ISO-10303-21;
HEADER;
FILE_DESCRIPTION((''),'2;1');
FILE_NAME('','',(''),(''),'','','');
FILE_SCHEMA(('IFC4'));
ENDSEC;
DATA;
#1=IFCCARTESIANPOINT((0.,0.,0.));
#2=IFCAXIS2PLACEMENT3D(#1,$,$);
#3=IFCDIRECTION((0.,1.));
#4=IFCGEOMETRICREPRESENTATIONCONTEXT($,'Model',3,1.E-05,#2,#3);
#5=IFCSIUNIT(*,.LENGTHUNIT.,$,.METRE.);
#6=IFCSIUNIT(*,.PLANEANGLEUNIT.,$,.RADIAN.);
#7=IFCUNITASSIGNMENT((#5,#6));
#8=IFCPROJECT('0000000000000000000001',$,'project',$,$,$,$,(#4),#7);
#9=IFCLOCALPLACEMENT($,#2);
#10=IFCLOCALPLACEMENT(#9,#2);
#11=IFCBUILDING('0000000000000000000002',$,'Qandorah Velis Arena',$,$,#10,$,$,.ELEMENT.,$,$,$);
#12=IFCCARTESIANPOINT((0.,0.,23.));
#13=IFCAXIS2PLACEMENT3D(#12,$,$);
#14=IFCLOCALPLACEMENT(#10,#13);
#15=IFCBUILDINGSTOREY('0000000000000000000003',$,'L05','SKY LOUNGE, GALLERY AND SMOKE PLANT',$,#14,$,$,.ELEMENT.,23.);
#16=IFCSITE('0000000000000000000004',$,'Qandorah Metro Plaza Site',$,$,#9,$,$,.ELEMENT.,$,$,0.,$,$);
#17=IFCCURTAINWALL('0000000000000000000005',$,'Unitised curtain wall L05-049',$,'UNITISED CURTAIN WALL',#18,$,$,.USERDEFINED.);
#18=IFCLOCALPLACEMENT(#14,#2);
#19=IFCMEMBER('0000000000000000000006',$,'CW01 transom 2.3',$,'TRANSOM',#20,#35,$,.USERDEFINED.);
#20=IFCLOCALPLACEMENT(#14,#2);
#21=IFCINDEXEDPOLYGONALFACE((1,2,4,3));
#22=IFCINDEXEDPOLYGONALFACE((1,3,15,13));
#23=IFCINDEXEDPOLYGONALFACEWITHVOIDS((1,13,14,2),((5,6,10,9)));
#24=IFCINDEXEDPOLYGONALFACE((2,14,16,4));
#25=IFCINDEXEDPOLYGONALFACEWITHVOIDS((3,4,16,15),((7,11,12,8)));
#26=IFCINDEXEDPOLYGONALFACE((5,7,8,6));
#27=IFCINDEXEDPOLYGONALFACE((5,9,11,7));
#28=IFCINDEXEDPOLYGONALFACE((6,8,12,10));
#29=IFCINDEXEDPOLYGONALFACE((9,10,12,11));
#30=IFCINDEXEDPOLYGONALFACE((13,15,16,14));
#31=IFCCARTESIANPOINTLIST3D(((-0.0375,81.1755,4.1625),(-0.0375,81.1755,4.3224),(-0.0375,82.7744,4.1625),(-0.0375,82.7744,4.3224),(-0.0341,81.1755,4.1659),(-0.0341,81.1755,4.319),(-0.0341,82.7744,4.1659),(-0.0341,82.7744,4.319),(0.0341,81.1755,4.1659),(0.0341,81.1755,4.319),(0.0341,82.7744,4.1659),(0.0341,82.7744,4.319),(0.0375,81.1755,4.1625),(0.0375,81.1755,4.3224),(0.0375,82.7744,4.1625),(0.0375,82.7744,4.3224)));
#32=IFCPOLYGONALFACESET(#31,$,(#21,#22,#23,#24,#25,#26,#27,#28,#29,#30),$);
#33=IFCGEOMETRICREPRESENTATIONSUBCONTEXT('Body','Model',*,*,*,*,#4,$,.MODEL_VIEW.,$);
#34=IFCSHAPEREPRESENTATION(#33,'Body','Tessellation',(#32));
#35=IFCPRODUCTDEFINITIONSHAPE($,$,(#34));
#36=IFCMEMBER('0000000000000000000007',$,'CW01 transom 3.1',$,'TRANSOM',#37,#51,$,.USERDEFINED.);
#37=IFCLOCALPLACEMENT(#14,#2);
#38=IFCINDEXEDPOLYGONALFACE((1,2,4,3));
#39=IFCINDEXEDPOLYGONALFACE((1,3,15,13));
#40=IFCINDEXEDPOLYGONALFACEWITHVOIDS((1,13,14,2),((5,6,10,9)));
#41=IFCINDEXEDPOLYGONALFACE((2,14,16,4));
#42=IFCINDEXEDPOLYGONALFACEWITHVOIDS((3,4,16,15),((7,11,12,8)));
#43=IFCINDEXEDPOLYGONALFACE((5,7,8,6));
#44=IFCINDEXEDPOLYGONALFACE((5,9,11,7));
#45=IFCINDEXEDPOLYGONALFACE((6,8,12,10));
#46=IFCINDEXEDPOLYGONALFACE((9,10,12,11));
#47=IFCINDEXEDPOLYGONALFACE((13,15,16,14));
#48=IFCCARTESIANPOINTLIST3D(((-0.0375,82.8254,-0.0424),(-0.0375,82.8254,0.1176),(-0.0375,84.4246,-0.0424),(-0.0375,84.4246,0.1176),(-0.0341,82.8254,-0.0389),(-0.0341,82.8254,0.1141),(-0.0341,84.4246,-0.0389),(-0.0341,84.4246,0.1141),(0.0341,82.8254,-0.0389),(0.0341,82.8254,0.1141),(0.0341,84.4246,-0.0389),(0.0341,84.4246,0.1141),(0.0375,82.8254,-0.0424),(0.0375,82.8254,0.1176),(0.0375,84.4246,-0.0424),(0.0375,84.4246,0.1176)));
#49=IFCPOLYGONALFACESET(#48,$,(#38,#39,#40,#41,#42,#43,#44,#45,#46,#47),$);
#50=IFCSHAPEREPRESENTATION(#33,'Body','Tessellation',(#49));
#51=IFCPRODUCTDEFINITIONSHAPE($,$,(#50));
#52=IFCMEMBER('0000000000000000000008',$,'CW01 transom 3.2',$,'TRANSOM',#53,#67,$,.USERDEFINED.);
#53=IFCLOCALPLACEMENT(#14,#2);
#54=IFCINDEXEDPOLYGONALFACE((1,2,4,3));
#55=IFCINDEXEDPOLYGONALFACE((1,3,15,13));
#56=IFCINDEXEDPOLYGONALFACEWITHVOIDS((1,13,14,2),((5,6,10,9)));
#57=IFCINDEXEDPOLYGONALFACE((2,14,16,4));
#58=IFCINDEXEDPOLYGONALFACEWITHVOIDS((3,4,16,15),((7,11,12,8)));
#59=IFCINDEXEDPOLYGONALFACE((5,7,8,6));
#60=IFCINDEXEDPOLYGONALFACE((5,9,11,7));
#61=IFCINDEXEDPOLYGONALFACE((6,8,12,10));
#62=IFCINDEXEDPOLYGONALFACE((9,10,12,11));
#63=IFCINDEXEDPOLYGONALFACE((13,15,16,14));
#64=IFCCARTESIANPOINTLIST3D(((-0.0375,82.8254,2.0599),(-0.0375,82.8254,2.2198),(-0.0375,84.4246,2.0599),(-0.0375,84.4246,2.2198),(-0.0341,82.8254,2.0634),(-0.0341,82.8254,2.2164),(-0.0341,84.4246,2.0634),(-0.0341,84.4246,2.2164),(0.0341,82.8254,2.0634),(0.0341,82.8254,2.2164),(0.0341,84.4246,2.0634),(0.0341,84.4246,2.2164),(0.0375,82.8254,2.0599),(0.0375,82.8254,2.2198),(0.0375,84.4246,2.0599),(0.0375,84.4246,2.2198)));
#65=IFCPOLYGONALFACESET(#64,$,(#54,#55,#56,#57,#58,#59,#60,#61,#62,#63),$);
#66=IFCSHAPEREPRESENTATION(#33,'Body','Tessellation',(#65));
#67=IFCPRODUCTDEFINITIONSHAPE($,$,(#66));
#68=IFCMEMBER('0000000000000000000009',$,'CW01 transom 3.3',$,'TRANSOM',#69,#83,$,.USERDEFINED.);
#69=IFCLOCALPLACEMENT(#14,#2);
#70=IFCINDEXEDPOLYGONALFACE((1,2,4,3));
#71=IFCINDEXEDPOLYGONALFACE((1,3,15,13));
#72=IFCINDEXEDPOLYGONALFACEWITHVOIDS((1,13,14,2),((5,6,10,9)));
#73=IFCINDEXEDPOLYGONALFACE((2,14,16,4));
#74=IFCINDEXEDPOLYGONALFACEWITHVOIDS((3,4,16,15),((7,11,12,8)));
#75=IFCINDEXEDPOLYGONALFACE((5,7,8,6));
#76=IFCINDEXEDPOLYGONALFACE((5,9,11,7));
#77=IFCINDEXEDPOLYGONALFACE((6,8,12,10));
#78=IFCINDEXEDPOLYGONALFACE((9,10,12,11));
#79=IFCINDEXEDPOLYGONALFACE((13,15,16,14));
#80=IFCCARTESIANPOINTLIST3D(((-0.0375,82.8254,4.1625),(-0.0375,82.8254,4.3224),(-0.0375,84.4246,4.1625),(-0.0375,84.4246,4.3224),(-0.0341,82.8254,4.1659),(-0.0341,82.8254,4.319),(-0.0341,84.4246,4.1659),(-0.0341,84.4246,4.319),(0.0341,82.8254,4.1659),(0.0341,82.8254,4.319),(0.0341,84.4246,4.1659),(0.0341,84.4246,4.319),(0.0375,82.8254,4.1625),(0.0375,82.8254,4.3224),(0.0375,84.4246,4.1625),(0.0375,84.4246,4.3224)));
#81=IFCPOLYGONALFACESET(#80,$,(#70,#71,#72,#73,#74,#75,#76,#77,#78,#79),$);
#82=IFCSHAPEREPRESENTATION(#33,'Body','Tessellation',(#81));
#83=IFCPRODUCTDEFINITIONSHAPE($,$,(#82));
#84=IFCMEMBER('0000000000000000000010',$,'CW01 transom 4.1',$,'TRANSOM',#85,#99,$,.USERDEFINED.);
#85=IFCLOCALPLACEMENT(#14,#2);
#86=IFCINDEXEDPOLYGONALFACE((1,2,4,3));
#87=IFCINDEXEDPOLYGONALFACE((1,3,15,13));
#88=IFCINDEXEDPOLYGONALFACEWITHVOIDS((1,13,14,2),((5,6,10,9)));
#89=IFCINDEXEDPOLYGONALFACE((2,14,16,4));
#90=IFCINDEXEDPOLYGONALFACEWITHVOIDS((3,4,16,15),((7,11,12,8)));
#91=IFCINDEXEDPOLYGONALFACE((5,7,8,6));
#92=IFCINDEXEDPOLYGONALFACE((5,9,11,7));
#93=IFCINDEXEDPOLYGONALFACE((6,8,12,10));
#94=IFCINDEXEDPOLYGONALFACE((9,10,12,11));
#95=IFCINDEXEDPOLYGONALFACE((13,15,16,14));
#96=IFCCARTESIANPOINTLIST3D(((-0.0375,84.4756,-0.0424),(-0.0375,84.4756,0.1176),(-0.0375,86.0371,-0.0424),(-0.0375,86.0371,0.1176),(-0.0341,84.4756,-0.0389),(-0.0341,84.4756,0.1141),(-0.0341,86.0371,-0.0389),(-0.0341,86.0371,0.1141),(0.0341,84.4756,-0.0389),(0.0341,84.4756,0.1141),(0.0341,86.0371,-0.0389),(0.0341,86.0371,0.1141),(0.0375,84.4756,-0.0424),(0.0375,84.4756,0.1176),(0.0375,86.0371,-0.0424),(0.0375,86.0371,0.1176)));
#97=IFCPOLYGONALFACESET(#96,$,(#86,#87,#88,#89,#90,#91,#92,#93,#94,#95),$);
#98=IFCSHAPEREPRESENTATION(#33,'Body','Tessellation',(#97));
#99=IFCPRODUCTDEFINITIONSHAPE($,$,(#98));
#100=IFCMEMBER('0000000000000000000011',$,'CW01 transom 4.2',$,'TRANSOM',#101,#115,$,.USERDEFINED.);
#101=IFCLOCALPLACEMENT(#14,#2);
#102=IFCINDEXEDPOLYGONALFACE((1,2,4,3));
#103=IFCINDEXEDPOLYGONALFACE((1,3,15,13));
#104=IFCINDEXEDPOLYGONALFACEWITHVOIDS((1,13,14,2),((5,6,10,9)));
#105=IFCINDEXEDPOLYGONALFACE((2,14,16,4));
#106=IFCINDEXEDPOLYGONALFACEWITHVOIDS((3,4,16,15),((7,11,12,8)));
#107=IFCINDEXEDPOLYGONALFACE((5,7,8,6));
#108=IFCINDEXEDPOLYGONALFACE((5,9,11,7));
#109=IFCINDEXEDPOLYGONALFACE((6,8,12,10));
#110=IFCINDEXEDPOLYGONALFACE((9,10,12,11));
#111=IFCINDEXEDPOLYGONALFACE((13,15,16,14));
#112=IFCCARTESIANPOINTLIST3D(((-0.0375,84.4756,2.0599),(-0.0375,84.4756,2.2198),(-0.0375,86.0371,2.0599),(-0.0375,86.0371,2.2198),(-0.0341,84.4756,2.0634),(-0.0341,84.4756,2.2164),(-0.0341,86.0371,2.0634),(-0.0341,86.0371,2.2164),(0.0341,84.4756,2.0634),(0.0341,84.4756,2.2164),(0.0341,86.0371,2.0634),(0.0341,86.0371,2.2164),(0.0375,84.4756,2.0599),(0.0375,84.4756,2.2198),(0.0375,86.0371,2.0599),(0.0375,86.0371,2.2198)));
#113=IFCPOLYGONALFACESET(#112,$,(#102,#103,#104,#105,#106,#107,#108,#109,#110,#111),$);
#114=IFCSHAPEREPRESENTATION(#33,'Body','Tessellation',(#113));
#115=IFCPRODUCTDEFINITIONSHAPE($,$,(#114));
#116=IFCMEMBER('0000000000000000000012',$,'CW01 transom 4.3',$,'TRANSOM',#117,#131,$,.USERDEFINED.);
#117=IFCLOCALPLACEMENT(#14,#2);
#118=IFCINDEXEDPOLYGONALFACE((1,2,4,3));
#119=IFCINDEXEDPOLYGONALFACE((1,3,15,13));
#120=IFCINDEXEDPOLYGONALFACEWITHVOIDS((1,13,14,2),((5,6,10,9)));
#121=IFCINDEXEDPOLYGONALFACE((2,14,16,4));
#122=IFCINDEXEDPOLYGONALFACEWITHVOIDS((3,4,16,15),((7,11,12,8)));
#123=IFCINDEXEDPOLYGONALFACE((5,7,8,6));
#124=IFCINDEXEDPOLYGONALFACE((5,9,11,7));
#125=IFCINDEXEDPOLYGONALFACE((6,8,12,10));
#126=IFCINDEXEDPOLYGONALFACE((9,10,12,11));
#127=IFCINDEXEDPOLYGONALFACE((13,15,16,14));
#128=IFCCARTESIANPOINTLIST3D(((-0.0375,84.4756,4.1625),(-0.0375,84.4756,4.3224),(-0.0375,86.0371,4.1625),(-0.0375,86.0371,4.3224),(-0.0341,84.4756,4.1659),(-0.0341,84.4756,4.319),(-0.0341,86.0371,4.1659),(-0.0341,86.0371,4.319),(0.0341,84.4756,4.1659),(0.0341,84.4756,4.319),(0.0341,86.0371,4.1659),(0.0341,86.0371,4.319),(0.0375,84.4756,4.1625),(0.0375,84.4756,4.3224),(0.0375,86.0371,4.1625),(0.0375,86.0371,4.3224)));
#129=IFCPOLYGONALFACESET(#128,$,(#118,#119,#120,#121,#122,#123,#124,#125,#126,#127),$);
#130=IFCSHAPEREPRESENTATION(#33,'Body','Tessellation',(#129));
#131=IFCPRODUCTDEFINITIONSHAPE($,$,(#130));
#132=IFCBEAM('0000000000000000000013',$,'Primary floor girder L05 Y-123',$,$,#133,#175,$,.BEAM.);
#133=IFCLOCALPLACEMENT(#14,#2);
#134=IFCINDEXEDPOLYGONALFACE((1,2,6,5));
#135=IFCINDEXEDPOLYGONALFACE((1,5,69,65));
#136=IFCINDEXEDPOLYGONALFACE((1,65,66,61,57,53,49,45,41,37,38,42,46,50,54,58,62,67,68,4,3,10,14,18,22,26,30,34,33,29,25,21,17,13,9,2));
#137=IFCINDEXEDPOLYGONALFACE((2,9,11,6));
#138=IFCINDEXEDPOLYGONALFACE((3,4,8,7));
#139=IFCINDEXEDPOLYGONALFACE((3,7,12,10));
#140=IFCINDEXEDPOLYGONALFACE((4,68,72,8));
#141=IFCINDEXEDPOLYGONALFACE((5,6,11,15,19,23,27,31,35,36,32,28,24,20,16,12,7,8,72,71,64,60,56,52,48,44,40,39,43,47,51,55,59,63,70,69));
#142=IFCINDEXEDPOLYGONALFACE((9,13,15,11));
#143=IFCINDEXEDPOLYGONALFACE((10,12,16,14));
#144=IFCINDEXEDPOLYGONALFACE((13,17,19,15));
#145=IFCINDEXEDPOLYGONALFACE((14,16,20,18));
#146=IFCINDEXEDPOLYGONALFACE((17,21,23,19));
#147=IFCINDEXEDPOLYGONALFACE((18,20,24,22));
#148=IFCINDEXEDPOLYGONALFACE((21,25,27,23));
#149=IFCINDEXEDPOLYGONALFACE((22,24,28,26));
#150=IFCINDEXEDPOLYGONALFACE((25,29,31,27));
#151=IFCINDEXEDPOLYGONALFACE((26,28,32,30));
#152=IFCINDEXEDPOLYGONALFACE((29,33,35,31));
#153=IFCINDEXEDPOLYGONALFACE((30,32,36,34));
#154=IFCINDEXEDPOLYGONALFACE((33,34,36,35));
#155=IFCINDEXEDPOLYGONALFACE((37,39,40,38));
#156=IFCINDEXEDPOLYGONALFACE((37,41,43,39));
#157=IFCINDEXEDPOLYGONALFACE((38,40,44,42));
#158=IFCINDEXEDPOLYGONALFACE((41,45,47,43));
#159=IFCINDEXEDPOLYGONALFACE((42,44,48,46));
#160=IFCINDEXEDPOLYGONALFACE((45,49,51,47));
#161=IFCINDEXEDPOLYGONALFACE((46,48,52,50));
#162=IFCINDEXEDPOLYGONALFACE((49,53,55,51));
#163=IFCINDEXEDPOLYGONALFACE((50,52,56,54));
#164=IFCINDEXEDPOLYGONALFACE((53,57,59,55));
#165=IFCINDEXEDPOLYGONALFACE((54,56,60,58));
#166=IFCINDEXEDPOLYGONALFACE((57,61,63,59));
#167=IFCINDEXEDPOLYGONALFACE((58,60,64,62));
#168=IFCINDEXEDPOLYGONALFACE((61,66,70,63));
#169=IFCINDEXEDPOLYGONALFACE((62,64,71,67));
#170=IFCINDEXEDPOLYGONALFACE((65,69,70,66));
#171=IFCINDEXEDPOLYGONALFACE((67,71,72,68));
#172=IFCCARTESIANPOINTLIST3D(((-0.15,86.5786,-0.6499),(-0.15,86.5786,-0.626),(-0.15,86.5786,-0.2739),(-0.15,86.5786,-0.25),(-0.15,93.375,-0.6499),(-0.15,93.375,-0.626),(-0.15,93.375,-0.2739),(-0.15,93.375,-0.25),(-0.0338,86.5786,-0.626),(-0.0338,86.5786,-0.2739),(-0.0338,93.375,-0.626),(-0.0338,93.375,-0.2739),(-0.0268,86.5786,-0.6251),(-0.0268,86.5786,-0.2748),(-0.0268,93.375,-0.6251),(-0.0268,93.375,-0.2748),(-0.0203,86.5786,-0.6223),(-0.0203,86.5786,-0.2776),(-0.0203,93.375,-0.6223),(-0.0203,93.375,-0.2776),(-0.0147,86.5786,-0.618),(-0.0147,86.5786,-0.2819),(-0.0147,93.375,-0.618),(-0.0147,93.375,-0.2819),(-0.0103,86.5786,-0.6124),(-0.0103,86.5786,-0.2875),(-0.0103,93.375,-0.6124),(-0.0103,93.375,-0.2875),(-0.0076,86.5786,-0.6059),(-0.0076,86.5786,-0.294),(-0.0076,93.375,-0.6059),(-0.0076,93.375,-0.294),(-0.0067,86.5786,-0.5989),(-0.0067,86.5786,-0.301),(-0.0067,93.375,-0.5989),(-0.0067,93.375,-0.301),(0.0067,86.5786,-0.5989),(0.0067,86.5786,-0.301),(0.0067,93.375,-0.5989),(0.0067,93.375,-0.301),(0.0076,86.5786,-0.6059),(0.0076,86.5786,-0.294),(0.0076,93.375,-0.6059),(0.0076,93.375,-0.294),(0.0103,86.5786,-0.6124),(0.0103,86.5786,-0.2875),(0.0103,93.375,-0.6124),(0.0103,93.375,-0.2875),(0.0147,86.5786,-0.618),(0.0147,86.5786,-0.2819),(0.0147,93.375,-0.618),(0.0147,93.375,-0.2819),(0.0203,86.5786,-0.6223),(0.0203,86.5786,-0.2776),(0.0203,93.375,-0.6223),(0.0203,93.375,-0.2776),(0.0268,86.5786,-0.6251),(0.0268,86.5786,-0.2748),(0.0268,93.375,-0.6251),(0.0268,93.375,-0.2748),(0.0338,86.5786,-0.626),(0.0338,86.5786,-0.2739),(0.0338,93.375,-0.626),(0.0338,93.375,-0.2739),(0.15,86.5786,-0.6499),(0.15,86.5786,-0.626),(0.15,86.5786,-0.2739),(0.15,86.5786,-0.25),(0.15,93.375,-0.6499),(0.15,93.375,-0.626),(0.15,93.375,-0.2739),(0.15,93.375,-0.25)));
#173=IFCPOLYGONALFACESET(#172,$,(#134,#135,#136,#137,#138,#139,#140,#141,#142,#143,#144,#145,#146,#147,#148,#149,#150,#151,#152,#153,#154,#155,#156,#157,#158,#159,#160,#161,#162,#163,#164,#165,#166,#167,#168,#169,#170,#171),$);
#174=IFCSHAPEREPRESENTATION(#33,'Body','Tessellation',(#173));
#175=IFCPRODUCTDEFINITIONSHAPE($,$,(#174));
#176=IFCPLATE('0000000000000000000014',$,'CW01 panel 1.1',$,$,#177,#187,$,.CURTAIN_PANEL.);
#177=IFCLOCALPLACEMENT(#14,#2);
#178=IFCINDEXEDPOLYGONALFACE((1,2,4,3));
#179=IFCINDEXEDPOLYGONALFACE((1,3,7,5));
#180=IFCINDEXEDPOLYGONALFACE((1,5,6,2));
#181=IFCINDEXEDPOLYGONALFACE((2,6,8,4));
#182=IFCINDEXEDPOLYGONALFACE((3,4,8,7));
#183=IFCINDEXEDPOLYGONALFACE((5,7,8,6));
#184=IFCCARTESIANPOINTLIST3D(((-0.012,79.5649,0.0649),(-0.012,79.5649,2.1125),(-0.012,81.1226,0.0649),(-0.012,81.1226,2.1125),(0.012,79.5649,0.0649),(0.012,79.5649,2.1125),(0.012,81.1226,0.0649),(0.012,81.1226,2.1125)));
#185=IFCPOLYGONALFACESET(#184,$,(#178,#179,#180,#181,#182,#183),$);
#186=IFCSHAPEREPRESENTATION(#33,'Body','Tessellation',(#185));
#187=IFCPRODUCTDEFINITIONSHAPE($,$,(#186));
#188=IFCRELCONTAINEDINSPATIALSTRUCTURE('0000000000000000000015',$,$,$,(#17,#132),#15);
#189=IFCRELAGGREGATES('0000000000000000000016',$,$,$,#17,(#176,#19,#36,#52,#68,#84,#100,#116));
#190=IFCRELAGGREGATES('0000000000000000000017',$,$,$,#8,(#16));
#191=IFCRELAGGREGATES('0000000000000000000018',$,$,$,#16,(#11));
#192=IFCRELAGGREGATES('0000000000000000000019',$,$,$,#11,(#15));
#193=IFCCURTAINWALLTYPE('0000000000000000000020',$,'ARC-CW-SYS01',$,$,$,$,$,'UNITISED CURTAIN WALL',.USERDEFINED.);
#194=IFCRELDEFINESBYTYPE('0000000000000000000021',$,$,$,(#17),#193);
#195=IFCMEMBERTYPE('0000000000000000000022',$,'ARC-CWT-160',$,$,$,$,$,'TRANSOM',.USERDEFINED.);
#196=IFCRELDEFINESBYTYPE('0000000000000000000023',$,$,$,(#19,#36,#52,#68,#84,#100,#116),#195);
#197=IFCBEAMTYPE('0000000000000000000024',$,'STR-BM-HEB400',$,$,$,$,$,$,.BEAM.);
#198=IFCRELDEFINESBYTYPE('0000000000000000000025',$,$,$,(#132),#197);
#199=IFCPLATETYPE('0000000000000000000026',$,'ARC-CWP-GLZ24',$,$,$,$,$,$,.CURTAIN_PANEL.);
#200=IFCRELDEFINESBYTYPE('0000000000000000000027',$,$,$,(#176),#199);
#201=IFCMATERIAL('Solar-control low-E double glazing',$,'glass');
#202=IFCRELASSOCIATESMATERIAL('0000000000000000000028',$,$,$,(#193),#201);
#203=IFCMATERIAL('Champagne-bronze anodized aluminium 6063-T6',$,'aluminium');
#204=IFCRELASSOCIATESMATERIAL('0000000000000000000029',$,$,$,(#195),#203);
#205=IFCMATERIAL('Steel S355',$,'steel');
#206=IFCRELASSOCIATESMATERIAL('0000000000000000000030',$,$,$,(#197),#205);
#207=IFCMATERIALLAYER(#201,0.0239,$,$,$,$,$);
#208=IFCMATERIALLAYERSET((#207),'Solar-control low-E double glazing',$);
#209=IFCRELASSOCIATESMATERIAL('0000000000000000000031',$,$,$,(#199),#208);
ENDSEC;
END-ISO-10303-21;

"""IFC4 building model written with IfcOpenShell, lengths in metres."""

from ifc_helpers import new_model, si_unit, direction, frame, origin, origin_2d, place, context, subcontext, project, spatial, rectangle, hollow_rectangle, i_section, extrude, material, layer, layer_set, material_profile, profile_set, type_object, element, aggregate, save


model = new_model("IFC4")

# Units and contexts
model_context = context("Model", 3, precision=1e-05, world=origin(), true_north=direction((0.0, 1.0)))
body_context = subcontext(model_context, "Body", "Model", "MODEL_VIEW")
ifc_project = project(units=[si_unit("LENGTHUNIT", "METRE"), si_unit("PLANEANGLEUNIT", "RADIAN")], contexts=[model_context])

# Site, building, storey
site_placement = place(None, origin())
site = spatial("IfcSite", under=ifc_project, at=site_placement, Name="Qandorah Metro Plaza Site", CompositionType="ELEMENT", RefElevation=0.0)
building_placement = place(site_placement, origin())
building = spatial("IfcBuilding", under=site, at=building_placement, Name="Qandorah Velis Arena", CompositionType="ELEMENT")
storey_placement = place(building_placement, frame((0.0, 0.0, 23.0)))
storey = spatial("IfcBuildingStorey", under=building, at=storey_placement, Name="L05", Description="SKY LOUNGE, GALLERY AND SMOKE PLANT", CompositionType="ELEMENT", Elevation=23.0)

# Shared definitions
ifc_material_1 = material(Name="Solar-control low-E double glazing", Category="glass")
ifc_material_2 = material(Name="Champagne-bronze anodized aluminium 6063-T6", Category="aluminium")

# Curtain wall
curtain_wall_type_1 = type_object("IfcCurtainWallType", Name="ARC-CW-SYS01", ElementType="UNITISED CURTAIN WALL", PredefinedType="USERDEFINED", material=ifc_material_1)
curtain_wall_1_placement = place(storey_placement, origin())
curtain_wall_1 = element("IfcCurtainWall", 1, at=curtain_wall_1_placement, inside=storey, type_object=curtain_wall_type_1, Name="Unitised curtain wall L05-049", ObjectType="UNITISED CURTAIN WALL", PredefinedType="USERDEFINED")

# Members
ifc_material_profile_1 = material_profile(ifc_material_2, hollow_rectangle(XDim=0.075, YDim=0.1599, WallThickness=0.0034, at=origin_2d()), Name="ALU TRANSOM 75x160")
ifc_profile_set_1 = profile_set([ifc_material_profile_1], Name="Champagne-bronze anodized aluminium 6063-T6")
member_type_1 = type_object("IfcMemberType", Name="ARC-CWT-160", ElementType="TRANSOM", PredefinedType="USERDEFINED", material=ifc_profile_set_1)
member_1_placement = place(storey_placement, frame((0.0, 81.1755, 4.2424), z_axis=(0.0, 1.0, 0.0), x_axis=(-1.0, 0.0, 0.0)))
member_1 = element("IfcMember", 2, at=member_1_placement, type_object=member_type_1, Name="CW01 transom 2.3", ObjectType="TRANSOM", PredefinedType="USERDEFINED", context=body_context, shape_type="SweptSolid", body=[
    extrude(hollow_rectangle(XDim=0.075, YDim=0.1599, WallThickness=0.0034, at=origin_2d()), origin(), (0.0, 0.0, 1.0), 1.5989),
])
member_2_placement = place(storey_placement, frame((0.0, 82.8254, 0.0376), z_axis=(0.0, 1.0, 0.0), x_axis=(-1.0, 0.0, 0.0)))
member_2 = element("IfcMember", 3, at=member_2_placement, type_object=member_type_1, Name="CW01 transom 3.1", ObjectType="TRANSOM", PredefinedType="USERDEFINED", context=body_context, shape_type="SweptSolid", body=[
    extrude(hollow_rectangle(XDim=0.075, YDim=0.1599, WallThickness=0.0034, at=origin_2d()), origin(), (0.0, 0.0, 1.0), 1.5991),
])
member_3_placement = place(storey_placement, frame((0.0, 82.8254, 2.1399), z_axis=(0.0, 1.0, 0.0), x_axis=(-1.0, 0.0, 0.0)))
member_3 = element("IfcMember", 4, at=member_3_placement, type_object=member_type_1, Name="CW01 transom 3.2", ObjectType="TRANSOM", PredefinedType="USERDEFINED", context=body_context, shape_type="SweptSolid", body=[
    extrude(hollow_rectangle(XDim=0.075, YDim=0.1599, WallThickness=0.0034, at=origin_2d()), origin(), (0.0, 0.0, 1.0), 1.5991),
])
member_4_placement = place(storey_placement, frame((0.0, 82.8254, 4.2424), z_axis=(0.0, 1.0, 0.0), x_axis=(-1.0, 0.0, 0.0)))
member_4 = element("IfcMember", 5, at=member_4_placement, type_object=member_type_1, Name="CW01 transom 3.3", ObjectType="TRANSOM", PredefinedType="USERDEFINED", context=body_context, shape_type="SweptSolid", body=[
    extrude(hollow_rectangle(XDim=0.075, YDim=0.1599, WallThickness=0.0034, at=origin_2d()), origin(), (0.0, 0.0, 1.0), 1.5991),
])
member_5_placement = place(storey_placement, frame((0.0, 84.4756, 0.0376), z_axis=(0.0, 1.0, 0.0), x_axis=(-1.0, 0.0, 0.0)))
member_5 = element("IfcMember", 6, at=member_5_placement, type_object=member_type_1, Name="CW01 transom 4.1", ObjectType="TRANSOM", PredefinedType="USERDEFINED", context=body_context, shape_type="SweptSolid", body=[
    extrude(hollow_rectangle(XDim=0.075, YDim=0.1599, WallThickness=0.0034, at=origin_2d()), origin(), (0.0, 0.0, 1.0), 1.5615),
])
member_6_placement = place(storey_placement, frame((0.0, 84.4756, 2.1399), z_axis=(0.0, 1.0, 0.0), x_axis=(-1.0, 0.0, 0.0)))
member_6 = element("IfcMember", 7, at=member_6_placement, type_object=member_type_1, Name="CW01 transom 4.2", ObjectType="TRANSOM", PredefinedType="USERDEFINED", context=body_context, shape_type="SweptSolid", body=[
    extrude(hollow_rectangle(XDim=0.075, YDim=0.1599, WallThickness=0.0034, at=origin_2d()), origin(), (0.0, 0.0, 1.0), 1.5615),
])
member_7_placement = place(storey_placement, frame((0.0, 84.4756, 4.2424), z_axis=(0.0, 1.0, 0.0), x_axis=(-1.0, 0.0, 0.0)))
member_7 = element("IfcMember", 8, at=member_7_placement, type_object=member_type_1, Name="CW01 transom 4.3", ObjectType="TRANSOM", PredefinedType="USERDEFINED", context=body_context, shape_type="SweptSolid", body=[
    extrude(hollow_rectangle(XDim=0.075, YDim=0.1599, WallThickness=0.0034, at=origin_2d()), origin(), (0.0, 0.0, 1.0), 1.5615),
])

# Beam
ifc_material_3 = material(Name="Steel S355", Category="steel")
ifc_material_profile_2 = material_profile(ifc_material_3, i_section(OverallWidth=0.3, OverallDepth=0.3999, WebThickness=0.0134, FlangeThickness=0.0239, FilletRadius=0.0271, at=origin_2d()), Name="HEB 400")
ifc_profile_set_2 = profile_set([ifc_material_profile_2], Name="Steel S355")
beam_type = type_object("IfcBeamType", Name="STR-BM-HEB400", PredefinedType="BEAM", material=ifc_profile_set_2)
beam_placement = place(storey_placement, frame((0.0, 86.5786, -0.45), z_axis=(0.0, 1.0, 0.0), x_axis=(-1.0, 0.0, 0.0)))
element("IfcBeam", 9, at=beam_placement, inside=storey, type_object=beam_type, Name="Primary floor girder L05 Y-123", PredefinedType="BEAM", context=body_context, shape_type="SweptSolid", body=[
    extrude(i_section(OverallWidth=0.3, OverallDepth=0.3999, WebThickness=0.0134, FlangeThickness=0.0239, FilletRadius=0.0271, at=origin_2d()), origin(), (0.0, 0.0, 1.0), 6.7964),
])

# Plate
ifc_layer = layer(ifc_material_1, 0.0239)
ifc_layer_set = layer_set([ifc_layer], Name="Solar-control low-E double glazing")
plate_type = type_object("IfcPlateType", Name="ARC-CWP-GLZ24", PredefinedType="CURTAIN_PANEL", material=ifc_layer_set)
plate_1_placement = place(storey_placement, frame((0.0, 80.3438, 0.0649), z_axis=(0.0, 0.0, 1.0), x_axis=(0.0, 1.0, 0.0)))
plate_1 = element("IfcPlate", 10, at=plate_1_placement, type_object=plate_type, Name="CW01 panel 1.1", PredefinedType="CURTAIN_PANEL", context=body_context, shape_type="SweptSolid", body=[
    extrude(rectangle(XDim=1.5576, YDim=0.0239, at=origin_2d()), origin(), (0.0, 0.0, 1.0), 2.0476),
])
aggregate(curtain_wall_1, [plate_1, member_1, member_2, member_3, member_4, member_5, member_6, member_7])

save(model, "model.ifc")
